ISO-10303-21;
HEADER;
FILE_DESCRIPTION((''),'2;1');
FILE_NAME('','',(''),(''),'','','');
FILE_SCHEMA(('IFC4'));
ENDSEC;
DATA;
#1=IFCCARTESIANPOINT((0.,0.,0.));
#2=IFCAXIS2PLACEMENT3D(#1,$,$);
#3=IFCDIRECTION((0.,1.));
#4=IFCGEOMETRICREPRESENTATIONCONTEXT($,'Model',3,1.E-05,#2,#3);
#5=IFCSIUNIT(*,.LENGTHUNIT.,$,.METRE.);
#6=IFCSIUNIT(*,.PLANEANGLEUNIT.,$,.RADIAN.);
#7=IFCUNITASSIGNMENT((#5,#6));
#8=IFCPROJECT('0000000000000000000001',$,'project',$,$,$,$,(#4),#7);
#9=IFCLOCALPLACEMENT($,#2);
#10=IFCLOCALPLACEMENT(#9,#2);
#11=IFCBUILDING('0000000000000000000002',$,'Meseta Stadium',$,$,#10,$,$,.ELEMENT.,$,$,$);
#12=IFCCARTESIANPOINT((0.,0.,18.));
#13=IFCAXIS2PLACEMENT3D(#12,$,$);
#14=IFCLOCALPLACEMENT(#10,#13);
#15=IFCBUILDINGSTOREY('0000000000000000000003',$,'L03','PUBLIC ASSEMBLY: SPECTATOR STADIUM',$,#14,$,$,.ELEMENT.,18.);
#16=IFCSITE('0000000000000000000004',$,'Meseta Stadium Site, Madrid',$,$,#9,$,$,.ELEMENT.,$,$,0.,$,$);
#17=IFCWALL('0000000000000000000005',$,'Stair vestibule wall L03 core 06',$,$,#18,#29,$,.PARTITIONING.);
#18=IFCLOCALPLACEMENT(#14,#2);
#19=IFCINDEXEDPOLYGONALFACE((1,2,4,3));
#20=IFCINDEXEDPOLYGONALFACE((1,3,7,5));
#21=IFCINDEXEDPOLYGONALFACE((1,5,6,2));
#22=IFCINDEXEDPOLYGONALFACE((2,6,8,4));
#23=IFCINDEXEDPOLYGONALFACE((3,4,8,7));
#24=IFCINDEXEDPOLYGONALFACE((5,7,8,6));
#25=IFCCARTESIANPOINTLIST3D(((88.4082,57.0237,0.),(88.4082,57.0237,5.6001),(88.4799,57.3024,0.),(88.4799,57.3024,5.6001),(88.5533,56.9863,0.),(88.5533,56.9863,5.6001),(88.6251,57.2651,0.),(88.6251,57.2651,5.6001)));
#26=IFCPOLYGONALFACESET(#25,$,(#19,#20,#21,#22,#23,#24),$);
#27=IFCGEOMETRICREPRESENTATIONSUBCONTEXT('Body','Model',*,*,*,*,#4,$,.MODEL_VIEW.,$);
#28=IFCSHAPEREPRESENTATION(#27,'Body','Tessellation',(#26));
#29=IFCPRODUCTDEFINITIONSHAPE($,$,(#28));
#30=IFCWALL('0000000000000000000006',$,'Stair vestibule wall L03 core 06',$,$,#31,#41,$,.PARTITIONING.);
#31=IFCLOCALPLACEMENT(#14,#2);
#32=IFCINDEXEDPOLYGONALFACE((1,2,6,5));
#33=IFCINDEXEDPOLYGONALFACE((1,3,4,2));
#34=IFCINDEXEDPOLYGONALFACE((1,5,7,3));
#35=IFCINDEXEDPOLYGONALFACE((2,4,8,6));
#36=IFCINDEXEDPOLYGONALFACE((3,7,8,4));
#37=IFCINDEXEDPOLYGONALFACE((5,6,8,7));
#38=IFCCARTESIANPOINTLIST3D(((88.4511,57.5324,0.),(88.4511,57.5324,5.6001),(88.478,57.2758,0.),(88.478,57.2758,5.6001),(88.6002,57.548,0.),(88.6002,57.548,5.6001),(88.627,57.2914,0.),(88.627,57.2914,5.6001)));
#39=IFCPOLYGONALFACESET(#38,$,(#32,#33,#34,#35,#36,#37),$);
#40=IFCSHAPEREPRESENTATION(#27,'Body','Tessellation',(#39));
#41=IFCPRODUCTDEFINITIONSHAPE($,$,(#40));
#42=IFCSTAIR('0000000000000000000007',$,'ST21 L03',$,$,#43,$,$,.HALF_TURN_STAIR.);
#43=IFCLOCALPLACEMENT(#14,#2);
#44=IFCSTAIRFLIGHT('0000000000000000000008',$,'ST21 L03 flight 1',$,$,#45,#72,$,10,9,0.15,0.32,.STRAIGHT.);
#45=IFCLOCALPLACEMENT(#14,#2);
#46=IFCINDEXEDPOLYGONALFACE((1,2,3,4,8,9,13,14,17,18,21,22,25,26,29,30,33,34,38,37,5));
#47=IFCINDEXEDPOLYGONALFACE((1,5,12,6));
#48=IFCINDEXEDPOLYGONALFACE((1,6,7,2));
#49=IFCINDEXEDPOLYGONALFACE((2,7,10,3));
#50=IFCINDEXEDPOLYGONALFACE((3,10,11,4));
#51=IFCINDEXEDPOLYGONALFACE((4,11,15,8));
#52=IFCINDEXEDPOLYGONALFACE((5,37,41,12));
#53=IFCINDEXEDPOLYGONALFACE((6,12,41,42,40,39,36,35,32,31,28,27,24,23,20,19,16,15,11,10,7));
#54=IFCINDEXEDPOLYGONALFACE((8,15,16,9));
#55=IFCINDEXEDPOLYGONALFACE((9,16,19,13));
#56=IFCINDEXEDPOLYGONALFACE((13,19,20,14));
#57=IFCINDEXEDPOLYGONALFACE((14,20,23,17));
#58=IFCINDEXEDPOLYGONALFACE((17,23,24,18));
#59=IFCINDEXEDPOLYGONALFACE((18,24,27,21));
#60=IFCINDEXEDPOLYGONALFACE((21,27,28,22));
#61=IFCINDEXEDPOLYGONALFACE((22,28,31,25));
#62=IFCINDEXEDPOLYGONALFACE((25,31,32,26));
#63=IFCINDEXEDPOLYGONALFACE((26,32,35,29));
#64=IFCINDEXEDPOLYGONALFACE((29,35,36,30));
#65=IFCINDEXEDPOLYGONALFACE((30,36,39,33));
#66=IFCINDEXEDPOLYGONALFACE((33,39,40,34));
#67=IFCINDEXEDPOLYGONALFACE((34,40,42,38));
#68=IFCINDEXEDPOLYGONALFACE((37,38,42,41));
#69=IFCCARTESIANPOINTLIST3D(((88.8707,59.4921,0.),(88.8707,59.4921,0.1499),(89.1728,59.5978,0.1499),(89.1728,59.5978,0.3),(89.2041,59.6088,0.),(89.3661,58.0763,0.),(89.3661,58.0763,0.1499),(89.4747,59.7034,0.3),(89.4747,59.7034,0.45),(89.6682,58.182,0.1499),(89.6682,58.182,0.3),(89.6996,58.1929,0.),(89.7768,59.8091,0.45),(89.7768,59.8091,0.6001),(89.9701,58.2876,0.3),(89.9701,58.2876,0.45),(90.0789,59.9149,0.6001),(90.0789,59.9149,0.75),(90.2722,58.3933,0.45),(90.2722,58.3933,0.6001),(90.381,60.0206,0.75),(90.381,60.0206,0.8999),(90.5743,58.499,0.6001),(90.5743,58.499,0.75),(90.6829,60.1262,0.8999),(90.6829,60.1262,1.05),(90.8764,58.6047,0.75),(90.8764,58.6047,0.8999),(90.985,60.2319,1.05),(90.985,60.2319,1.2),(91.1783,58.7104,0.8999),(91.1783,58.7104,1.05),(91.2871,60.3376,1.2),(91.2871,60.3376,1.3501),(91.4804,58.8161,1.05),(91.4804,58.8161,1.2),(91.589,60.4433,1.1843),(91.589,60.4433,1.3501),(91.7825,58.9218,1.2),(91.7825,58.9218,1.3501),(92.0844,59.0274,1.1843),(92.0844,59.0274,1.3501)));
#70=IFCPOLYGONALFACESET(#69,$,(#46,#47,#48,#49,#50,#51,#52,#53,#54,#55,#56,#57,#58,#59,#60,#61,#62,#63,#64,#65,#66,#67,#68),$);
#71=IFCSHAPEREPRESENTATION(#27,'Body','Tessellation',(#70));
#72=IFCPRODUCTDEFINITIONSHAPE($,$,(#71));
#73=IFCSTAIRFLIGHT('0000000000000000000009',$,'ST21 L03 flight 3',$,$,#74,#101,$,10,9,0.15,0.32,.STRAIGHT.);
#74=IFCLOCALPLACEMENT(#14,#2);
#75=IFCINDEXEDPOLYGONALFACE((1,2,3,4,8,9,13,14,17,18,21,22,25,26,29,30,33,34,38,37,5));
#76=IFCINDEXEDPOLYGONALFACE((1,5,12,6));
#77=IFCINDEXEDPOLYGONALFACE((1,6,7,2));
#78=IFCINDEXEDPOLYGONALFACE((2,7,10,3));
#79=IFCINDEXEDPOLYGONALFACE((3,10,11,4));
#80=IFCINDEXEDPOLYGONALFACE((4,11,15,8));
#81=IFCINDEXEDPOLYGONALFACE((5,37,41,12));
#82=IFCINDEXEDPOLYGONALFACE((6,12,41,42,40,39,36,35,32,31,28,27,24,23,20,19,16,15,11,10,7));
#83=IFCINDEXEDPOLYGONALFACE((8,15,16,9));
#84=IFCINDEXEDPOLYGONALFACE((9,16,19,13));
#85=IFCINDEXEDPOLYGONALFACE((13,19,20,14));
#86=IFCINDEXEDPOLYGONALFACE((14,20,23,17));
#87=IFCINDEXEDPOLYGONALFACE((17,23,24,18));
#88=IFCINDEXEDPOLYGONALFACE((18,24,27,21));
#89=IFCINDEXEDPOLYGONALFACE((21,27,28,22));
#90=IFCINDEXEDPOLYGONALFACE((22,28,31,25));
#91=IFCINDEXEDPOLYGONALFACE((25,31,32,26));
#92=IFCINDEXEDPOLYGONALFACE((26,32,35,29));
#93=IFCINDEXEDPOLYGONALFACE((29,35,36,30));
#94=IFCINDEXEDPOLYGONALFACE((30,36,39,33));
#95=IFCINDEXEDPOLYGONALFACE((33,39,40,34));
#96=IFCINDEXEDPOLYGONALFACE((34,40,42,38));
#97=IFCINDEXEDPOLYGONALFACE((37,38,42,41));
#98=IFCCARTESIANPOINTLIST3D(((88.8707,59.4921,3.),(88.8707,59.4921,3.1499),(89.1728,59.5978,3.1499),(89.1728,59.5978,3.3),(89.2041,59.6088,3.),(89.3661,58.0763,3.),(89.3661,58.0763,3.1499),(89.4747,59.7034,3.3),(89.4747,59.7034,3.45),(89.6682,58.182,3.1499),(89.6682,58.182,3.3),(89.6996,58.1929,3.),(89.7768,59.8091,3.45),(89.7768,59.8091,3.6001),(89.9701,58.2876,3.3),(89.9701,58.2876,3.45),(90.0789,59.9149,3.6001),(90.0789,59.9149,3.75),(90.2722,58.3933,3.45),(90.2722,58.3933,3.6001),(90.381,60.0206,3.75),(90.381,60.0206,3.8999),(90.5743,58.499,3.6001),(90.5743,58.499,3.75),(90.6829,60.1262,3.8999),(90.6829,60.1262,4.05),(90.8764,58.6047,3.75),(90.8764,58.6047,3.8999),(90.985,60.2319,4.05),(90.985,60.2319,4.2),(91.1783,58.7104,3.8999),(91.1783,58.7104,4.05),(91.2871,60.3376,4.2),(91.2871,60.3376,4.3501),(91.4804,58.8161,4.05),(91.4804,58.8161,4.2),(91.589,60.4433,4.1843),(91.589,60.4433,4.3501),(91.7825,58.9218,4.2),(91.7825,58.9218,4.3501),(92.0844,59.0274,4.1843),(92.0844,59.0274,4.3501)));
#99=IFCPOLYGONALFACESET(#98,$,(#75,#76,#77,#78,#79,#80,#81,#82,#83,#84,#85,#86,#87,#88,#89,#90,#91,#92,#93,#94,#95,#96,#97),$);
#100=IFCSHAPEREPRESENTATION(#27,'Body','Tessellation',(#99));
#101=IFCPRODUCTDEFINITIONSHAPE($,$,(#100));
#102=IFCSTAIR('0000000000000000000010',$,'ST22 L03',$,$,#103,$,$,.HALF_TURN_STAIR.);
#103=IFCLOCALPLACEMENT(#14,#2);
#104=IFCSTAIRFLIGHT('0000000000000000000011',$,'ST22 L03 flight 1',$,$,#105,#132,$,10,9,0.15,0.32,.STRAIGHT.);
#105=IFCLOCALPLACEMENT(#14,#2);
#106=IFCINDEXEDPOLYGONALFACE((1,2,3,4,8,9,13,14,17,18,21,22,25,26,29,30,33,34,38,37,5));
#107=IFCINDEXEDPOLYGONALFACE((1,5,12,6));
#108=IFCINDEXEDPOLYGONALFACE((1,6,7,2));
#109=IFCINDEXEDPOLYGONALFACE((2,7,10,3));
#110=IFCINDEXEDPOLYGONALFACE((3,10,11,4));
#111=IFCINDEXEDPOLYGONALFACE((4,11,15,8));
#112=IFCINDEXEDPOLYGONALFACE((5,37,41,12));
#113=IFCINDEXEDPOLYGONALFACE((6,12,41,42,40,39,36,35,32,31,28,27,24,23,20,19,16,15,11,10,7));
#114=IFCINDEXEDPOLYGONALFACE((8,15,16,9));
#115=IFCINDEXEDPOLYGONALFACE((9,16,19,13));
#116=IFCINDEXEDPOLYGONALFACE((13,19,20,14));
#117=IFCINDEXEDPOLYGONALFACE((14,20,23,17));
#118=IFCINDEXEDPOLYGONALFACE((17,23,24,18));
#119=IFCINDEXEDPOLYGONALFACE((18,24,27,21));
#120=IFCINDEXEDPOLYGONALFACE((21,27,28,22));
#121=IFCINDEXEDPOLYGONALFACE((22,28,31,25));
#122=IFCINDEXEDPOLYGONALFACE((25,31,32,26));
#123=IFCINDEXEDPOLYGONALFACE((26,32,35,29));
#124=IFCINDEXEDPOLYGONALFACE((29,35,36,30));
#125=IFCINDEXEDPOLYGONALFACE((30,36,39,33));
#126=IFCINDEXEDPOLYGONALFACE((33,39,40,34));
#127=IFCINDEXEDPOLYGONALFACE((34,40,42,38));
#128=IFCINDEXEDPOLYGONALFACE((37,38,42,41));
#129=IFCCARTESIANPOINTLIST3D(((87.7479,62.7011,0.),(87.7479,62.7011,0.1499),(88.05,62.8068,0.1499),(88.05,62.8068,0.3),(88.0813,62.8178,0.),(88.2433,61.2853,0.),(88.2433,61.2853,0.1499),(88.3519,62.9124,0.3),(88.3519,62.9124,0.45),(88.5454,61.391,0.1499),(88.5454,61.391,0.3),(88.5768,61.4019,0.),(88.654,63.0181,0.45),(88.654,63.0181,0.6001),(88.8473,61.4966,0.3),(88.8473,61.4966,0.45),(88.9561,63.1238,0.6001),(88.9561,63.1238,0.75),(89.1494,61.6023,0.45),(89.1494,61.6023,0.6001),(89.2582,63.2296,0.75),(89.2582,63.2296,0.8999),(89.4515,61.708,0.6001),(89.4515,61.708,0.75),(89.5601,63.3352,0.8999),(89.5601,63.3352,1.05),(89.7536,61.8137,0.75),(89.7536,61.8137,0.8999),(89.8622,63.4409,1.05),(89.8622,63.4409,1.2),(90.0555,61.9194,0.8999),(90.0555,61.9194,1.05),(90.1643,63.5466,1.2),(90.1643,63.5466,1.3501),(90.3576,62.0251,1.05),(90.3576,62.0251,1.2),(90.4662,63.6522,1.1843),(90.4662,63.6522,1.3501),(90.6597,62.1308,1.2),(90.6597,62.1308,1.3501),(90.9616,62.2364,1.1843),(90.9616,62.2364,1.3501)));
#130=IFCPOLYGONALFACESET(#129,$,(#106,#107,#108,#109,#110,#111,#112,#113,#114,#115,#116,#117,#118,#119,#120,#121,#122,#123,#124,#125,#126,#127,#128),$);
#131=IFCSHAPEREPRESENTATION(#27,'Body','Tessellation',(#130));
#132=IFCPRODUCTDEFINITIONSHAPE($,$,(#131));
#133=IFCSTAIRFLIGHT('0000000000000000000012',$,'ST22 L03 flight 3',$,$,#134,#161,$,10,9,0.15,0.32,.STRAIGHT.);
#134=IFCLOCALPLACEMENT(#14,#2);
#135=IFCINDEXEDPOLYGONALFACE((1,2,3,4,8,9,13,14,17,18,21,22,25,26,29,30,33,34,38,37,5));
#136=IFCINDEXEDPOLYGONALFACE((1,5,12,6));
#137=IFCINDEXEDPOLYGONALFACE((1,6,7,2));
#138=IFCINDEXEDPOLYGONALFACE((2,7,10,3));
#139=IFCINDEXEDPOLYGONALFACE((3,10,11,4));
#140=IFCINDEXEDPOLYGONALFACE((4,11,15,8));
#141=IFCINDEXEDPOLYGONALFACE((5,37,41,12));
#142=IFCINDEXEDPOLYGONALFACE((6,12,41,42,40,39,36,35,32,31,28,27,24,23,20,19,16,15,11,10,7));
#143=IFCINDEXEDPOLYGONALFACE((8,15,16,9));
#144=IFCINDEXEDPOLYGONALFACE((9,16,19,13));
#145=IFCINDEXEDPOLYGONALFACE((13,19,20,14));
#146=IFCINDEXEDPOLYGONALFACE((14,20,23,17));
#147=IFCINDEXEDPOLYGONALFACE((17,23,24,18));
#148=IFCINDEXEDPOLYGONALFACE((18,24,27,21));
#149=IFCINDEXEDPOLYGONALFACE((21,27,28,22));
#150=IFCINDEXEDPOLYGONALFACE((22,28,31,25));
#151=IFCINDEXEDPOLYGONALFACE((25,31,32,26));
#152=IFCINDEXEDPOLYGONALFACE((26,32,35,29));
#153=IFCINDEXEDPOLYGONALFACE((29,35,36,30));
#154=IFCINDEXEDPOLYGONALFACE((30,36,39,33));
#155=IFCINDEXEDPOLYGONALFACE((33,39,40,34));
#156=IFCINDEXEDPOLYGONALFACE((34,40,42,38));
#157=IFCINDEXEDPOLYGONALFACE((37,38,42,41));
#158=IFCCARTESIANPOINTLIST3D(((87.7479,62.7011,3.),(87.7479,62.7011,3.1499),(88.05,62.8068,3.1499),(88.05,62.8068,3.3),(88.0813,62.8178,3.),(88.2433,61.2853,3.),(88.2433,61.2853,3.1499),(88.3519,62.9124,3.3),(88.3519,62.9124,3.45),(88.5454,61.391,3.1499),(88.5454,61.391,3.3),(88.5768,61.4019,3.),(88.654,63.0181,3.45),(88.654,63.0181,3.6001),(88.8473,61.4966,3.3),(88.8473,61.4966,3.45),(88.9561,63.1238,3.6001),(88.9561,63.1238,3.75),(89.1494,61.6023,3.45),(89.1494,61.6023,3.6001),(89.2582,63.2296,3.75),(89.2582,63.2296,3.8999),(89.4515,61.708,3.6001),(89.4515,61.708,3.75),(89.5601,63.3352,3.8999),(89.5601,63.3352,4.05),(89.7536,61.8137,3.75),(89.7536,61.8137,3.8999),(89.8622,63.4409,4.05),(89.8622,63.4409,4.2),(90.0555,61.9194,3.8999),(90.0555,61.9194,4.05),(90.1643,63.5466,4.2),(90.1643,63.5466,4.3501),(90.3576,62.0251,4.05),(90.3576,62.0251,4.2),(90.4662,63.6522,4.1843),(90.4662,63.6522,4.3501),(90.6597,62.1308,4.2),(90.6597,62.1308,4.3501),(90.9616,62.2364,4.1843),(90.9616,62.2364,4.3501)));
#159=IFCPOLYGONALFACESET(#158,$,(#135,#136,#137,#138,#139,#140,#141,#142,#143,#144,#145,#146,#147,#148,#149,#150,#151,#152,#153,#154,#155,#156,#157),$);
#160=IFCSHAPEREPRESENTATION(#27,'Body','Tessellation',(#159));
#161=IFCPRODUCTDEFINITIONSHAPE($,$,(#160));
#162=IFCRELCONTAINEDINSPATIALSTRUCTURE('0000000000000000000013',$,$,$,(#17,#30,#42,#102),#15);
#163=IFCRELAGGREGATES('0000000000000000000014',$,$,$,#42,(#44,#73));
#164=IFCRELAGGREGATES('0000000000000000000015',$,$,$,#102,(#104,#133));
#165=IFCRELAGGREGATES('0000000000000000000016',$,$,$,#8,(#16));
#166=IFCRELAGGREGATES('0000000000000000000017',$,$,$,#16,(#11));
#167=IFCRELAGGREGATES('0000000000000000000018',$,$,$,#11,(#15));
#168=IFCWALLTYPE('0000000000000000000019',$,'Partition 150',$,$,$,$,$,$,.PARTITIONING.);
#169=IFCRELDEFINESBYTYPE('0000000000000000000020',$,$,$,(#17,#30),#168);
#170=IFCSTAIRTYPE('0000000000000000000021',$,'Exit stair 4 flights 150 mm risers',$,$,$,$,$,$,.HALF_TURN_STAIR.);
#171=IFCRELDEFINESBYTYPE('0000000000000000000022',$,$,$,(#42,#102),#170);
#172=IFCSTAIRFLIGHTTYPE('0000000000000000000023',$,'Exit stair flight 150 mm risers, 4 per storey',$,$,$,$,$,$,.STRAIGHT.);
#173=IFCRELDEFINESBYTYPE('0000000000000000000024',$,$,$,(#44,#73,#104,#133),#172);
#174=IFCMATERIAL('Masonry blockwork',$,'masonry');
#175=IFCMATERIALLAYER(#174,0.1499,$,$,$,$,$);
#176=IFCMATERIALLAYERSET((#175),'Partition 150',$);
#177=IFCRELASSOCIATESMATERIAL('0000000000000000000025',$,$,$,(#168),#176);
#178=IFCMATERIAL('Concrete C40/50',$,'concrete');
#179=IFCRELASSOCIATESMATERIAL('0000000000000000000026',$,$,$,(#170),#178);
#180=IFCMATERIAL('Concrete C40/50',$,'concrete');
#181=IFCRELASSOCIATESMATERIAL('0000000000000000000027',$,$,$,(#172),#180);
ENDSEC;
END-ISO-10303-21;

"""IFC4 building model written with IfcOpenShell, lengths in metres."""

from ifc_helpers import new_model, si_unit, direction, frame, frame_2d, origin, place, context, subcontext, project, spatial, polyline, rectangle, outline, extrude, material, layer, layer_set, type_object, element, aggregate, save


model = new_model("IFC4")

# Units and contexts
model_context = context("Model", 3, precision=1e-05, world=origin(), true_north=direction((0.0, 1.0)))
body_context = subcontext(model_context, "Body", "Model", "MODEL_VIEW")
ifc_project = project(units=[si_unit("LENGTHUNIT", "METRE"), si_unit("PLANEANGLEUNIT", "RADIAN")], contexts=[model_context])

# Site, building, storey
site_placement = place(None, origin())
site = spatial("IfcSite", under=ifc_project, at=site_placement, Name="Meseta Stadium Site, Madrid", CompositionType="ELEMENT", RefElevation=0.0)
building_placement = place(site_placement, origin())
building = spatial("IfcBuilding", under=site, at=building_placement, Name="Meseta Stadium", CompositionType="ELEMENT")
storey_placement = place(building_placement, frame((0.0, 0.0, 18.0)))
storey = spatial("IfcBuildingStorey", under=building, at=storey_placement, Name="L03", Description="PUBLIC ASSEMBLY: SPECTATOR STADIUM", CompositionType="ELEMENT", Elevation=18.0)

# Walls
ifc_material_1 = material(Name="Masonry blockwork", Category="masonry")
ifc_layer_1 = layer(ifc_material_1, 0.1499)
ifc_layer_set_1 = layer_set([ifc_layer_1], Name="Partition 150")
wall_type_1 = type_object("IfcWallType", Name="Partition 150", PredefinedType="PARTITIONING", material=ifc_layer_set_1)
wall_1_placement = place(storey_placement, frame((88.4807, 57.0049, 0.0), z_axis=(0.0, 0.0, 1.0), x_axis=(0.249314, 0.968423, 0.0)))
element("IfcWall", 1, at=wall_1_placement, inside=storey, type_object=wall_type_1, Name="Stair vestibule wall L03 core 06", PredefinedType="PARTITIONING", context=body_context, shape_type="SweptSolid", body=[
    extrude(rectangle(XDim=0.2878, YDim=0.1499, at=frame_2d((0.144, 0.0))), origin(), (0.0, 0.0, 1.0), 5.6001),
])
wall_2_placement = place(storey_placement, frame((88.5525, 57.2837, 0.0), z_axis=(0.0, 0.0, 1.0), x_axis=(-0.104094, 0.994568, 0.0)))
element("IfcWall", 2, at=wall_2_placement, inside=storey, type_object=wall_type_1, Name="Stair vestibule wall L03 core 06", PredefinedType="PARTITIONING", context=body_context, shape_type="SweptSolid", body=[
    extrude(rectangle(XDim=0.2581, YDim=0.1499, at=frame_2d((0.1289, 0.0))), origin(), (0.0, 0.0, 1.0), 5.6001),
])

# Stairs, stair flights
ifc_material_2 = material(Name="Concrete C40/50", Category="concrete")
stair_type = type_object("IfcStairType", Name="Exit stair 4 flights 150 mm risers", PredefinedType="HALF_TURN_STAIR", material=ifc_material_2)
stair_1_placement = place(storey_placement, origin())
stair_1 = element("IfcStair", 3, at=stair_1_placement, inside=storey, type_object=stair_type, Name="ST21 L03", PredefinedType="HALF_TURN_STAIR")
ifc_material_3 = material(Name="Concrete C40/50", Category="concrete")
stair_flight_type = type_object("IfcStairFlightType", Name="Exit stair flight 150 mm risers, 4 per storey", PredefinedType="STRAIGHT", material=ifc_material_3)
stair_flight_1_placement = place(storey_placement, frame((89.1184, 58.7842, 0.0), z_axis=(0.0, 0.0, 1.0), x_axis=(0.943883, 0.330279, 0.0)))
stair_flight_1 = element("IfcStairFlight", 4, at=stair_flight_1_placement, type_object=stair_flight_type, Name="ST21 L03 flight 1", NumberOfRisers=10, NumberOfTreads=9, PredefinedType="STRAIGHT", RiserHeight=0.15, TreadLength=0.32, context=body_context, shape_type="SweptSolid", body=[
    extrude(outline(polyline([(0.0, 0.0), (0.0, 0.1499), (0.3201, 0.1499), (0.3201, 0.3), (0.6399, 0.3), (0.6399, 0.45), (0.96, 0.45), (0.96, 0.6001), (1.28, 0.6001), (1.28, 0.75), (1.6001, 0.75), (1.6001, 0.8999), (1.9199, 0.8999), (1.9199, 1.05), (2.24, 1.05), (2.24, 1.2), (2.5601, 1.2), (2.5601, 1.3501), (2.8799, 1.3501), (2.8799, 1.1843), (0.3533, 0.0), (0.0, 0.0)])), frame((0.0, 0.75, 0.0), z_axis=(0.0, -1.0, 0.0), x_axis=(1.0, 0.0, 0.0)), (0.0, 0.0, 1.0), 1.5),
])
stair_flight_2_placement = place(storey_placement, frame((89.1184, 58.7842, 3.0), z_axis=(0.0, 0.0, 1.0), x_axis=(0.943883, 0.330279, 0.0)))
stair_flight_2 = element("IfcStairFlight", 5, at=stair_flight_2_placement, type_object=stair_flight_type, Name="ST21 L03 flight 3", NumberOfRisers=10, NumberOfTreads=9, PredefinedType="STRAIGHT", RiserHeight=0.15, TreadLength=0.32, context=body_context, shape_type="SweptSolid", body=[
    extrude(outline(polyline([(0.0, 0.0), (0.0, 0.1499), (0.3201, 0.1499), (0.3201, 0.3), (0.6399, 0.3), (0.6399, 0.45), (0.96, 0.45), (0.96, 0.6001), (1.28, 0.6001), (1.28, 0.75), (1.6001, 0.75), (1.6001, 0.8999), (1.9199, 0.8999), (1.9199, 1.05), (2.24, 1.05), (2.24, 1.2), (2.5601, 1.2), (2.5601, 1.3501), (2.8799, 1.3501), (2.8799, 1.1843), (0.3533, 0.0), (0.0, 0.0)])), frame((0.0, 0.75, 0.0), z_axis=(0.0, -1.0, 0.0), x_axis=(1.0, 0.0, 0.0)), (0.0, 0.0, 1.0), 1.5),
])
aggregate(stair_1, [stair_flight_1, stair_flight_2])
stair_2_placement = place(storey_placement, origin())
stair_2 = element("IfcStair", 6, at=stair_2_placement, inside=storey, type_object=stair_type, Name="ST22 L03", PredefinedType="HALF_TURN_STAIR")
stair_flight_3_placement = place(storey_placement, frame((87.9956, 61.9932, 0.0), z_axis=(0.0, 0.0, 1.0), x_axis=(0.943883, 0.330279, 0.0)))
stair_flight_3 = element("IfcStairFlight", 7, at=stair_flight_3_placement, type_object=stair_flight_type, Name="ST22 L03 flight 1", NumberOfRisers=10, NumberOfTreads=9, PredefinedType="STRAIGHT", RiserHeight=0.15, TreadLength=0.32, context=body_context, shape_type="SweptSolid", body=[
    extrude(outline(polyline([(0.0, 0.0), (0.0, 0.1499), (0.3201, 0.1499), (0.3201, 0.3), (0.6399, 0.3), (0.6399, 0.45), (0.96, 0.45), (0.96, 0.6001), (1.28, 0.6001), (1.28, 0.75), (1.6001, 0.75), (1.6001, 0.8999), (1.9199, 0.8999), (1.9199, 1.05), (2.24, 1.05), (2.24, 1.2), (2.5601, 1.2), (2.5601, 1.3501), (2.8799, 1.3501), (2.8799, 1.1843), (0.3533, 0.0), (0.0, 0.0)])), frame((0.0, 0.75, 0.0), z_axis=(0.0, -1.0, 0.0), x_axis=(1.0, 0.0, 0.0)), (0.0, 0.0, 1.0), 1.5),
])
stair_flight_4_placement = place(storey_placement, frame((87.9956, 61.9932, 3.0), z_axis=(0.0, 0.0, 1.0), x_axis=(0.943883, 0.330279, 0.0)))
stair_flight_4 = element("IfcStairFlight", 8, at=stair_flight_4_placement, type_object=stair_flight_type, Name="ST22 L03 flight 3", NumberOfRisers=10, NumberOfTreads=9, PredefinedType="STRAIGHT", RiserHeight=0.15, TreadLength=0.32, context=body_context, shape_type="SweptSolid", body=[
    extrude(outline(polyline([(0.0, 0.0), (0.0, 0.1499), (0.3201, 0.1499), (0.3201, 0.3), (0.6399, 0.3), (0.6399, 0.45), (0.96, 0.45), (0.96, 0.6001), (1.28, 0.6001), (1.28, 0.75), (1.6001, 0.75), (1.6001, 0.8999), (1.9199, 0.8999), (1.9199, 1.05), (2.24, 1.05), (2.24, 1.2), (2.5601, 1.2), (2.5601, 1.3501), (2.8799, 1.3501), (2.8799, 1.1843), (0.3533, 0.0), (0.0, 0.0)])), frame((0.0, 0.75, 0.0), z_axis=(0.0, -1.0, 0.0), x_axis=(1.0, 0.0, 0.0)), (0.0, 0.0, 1.0), 1.5),
])
aggregate(stair_2, [stair_flight_3, stair_flight_4])

save(model, "model.ifc")
